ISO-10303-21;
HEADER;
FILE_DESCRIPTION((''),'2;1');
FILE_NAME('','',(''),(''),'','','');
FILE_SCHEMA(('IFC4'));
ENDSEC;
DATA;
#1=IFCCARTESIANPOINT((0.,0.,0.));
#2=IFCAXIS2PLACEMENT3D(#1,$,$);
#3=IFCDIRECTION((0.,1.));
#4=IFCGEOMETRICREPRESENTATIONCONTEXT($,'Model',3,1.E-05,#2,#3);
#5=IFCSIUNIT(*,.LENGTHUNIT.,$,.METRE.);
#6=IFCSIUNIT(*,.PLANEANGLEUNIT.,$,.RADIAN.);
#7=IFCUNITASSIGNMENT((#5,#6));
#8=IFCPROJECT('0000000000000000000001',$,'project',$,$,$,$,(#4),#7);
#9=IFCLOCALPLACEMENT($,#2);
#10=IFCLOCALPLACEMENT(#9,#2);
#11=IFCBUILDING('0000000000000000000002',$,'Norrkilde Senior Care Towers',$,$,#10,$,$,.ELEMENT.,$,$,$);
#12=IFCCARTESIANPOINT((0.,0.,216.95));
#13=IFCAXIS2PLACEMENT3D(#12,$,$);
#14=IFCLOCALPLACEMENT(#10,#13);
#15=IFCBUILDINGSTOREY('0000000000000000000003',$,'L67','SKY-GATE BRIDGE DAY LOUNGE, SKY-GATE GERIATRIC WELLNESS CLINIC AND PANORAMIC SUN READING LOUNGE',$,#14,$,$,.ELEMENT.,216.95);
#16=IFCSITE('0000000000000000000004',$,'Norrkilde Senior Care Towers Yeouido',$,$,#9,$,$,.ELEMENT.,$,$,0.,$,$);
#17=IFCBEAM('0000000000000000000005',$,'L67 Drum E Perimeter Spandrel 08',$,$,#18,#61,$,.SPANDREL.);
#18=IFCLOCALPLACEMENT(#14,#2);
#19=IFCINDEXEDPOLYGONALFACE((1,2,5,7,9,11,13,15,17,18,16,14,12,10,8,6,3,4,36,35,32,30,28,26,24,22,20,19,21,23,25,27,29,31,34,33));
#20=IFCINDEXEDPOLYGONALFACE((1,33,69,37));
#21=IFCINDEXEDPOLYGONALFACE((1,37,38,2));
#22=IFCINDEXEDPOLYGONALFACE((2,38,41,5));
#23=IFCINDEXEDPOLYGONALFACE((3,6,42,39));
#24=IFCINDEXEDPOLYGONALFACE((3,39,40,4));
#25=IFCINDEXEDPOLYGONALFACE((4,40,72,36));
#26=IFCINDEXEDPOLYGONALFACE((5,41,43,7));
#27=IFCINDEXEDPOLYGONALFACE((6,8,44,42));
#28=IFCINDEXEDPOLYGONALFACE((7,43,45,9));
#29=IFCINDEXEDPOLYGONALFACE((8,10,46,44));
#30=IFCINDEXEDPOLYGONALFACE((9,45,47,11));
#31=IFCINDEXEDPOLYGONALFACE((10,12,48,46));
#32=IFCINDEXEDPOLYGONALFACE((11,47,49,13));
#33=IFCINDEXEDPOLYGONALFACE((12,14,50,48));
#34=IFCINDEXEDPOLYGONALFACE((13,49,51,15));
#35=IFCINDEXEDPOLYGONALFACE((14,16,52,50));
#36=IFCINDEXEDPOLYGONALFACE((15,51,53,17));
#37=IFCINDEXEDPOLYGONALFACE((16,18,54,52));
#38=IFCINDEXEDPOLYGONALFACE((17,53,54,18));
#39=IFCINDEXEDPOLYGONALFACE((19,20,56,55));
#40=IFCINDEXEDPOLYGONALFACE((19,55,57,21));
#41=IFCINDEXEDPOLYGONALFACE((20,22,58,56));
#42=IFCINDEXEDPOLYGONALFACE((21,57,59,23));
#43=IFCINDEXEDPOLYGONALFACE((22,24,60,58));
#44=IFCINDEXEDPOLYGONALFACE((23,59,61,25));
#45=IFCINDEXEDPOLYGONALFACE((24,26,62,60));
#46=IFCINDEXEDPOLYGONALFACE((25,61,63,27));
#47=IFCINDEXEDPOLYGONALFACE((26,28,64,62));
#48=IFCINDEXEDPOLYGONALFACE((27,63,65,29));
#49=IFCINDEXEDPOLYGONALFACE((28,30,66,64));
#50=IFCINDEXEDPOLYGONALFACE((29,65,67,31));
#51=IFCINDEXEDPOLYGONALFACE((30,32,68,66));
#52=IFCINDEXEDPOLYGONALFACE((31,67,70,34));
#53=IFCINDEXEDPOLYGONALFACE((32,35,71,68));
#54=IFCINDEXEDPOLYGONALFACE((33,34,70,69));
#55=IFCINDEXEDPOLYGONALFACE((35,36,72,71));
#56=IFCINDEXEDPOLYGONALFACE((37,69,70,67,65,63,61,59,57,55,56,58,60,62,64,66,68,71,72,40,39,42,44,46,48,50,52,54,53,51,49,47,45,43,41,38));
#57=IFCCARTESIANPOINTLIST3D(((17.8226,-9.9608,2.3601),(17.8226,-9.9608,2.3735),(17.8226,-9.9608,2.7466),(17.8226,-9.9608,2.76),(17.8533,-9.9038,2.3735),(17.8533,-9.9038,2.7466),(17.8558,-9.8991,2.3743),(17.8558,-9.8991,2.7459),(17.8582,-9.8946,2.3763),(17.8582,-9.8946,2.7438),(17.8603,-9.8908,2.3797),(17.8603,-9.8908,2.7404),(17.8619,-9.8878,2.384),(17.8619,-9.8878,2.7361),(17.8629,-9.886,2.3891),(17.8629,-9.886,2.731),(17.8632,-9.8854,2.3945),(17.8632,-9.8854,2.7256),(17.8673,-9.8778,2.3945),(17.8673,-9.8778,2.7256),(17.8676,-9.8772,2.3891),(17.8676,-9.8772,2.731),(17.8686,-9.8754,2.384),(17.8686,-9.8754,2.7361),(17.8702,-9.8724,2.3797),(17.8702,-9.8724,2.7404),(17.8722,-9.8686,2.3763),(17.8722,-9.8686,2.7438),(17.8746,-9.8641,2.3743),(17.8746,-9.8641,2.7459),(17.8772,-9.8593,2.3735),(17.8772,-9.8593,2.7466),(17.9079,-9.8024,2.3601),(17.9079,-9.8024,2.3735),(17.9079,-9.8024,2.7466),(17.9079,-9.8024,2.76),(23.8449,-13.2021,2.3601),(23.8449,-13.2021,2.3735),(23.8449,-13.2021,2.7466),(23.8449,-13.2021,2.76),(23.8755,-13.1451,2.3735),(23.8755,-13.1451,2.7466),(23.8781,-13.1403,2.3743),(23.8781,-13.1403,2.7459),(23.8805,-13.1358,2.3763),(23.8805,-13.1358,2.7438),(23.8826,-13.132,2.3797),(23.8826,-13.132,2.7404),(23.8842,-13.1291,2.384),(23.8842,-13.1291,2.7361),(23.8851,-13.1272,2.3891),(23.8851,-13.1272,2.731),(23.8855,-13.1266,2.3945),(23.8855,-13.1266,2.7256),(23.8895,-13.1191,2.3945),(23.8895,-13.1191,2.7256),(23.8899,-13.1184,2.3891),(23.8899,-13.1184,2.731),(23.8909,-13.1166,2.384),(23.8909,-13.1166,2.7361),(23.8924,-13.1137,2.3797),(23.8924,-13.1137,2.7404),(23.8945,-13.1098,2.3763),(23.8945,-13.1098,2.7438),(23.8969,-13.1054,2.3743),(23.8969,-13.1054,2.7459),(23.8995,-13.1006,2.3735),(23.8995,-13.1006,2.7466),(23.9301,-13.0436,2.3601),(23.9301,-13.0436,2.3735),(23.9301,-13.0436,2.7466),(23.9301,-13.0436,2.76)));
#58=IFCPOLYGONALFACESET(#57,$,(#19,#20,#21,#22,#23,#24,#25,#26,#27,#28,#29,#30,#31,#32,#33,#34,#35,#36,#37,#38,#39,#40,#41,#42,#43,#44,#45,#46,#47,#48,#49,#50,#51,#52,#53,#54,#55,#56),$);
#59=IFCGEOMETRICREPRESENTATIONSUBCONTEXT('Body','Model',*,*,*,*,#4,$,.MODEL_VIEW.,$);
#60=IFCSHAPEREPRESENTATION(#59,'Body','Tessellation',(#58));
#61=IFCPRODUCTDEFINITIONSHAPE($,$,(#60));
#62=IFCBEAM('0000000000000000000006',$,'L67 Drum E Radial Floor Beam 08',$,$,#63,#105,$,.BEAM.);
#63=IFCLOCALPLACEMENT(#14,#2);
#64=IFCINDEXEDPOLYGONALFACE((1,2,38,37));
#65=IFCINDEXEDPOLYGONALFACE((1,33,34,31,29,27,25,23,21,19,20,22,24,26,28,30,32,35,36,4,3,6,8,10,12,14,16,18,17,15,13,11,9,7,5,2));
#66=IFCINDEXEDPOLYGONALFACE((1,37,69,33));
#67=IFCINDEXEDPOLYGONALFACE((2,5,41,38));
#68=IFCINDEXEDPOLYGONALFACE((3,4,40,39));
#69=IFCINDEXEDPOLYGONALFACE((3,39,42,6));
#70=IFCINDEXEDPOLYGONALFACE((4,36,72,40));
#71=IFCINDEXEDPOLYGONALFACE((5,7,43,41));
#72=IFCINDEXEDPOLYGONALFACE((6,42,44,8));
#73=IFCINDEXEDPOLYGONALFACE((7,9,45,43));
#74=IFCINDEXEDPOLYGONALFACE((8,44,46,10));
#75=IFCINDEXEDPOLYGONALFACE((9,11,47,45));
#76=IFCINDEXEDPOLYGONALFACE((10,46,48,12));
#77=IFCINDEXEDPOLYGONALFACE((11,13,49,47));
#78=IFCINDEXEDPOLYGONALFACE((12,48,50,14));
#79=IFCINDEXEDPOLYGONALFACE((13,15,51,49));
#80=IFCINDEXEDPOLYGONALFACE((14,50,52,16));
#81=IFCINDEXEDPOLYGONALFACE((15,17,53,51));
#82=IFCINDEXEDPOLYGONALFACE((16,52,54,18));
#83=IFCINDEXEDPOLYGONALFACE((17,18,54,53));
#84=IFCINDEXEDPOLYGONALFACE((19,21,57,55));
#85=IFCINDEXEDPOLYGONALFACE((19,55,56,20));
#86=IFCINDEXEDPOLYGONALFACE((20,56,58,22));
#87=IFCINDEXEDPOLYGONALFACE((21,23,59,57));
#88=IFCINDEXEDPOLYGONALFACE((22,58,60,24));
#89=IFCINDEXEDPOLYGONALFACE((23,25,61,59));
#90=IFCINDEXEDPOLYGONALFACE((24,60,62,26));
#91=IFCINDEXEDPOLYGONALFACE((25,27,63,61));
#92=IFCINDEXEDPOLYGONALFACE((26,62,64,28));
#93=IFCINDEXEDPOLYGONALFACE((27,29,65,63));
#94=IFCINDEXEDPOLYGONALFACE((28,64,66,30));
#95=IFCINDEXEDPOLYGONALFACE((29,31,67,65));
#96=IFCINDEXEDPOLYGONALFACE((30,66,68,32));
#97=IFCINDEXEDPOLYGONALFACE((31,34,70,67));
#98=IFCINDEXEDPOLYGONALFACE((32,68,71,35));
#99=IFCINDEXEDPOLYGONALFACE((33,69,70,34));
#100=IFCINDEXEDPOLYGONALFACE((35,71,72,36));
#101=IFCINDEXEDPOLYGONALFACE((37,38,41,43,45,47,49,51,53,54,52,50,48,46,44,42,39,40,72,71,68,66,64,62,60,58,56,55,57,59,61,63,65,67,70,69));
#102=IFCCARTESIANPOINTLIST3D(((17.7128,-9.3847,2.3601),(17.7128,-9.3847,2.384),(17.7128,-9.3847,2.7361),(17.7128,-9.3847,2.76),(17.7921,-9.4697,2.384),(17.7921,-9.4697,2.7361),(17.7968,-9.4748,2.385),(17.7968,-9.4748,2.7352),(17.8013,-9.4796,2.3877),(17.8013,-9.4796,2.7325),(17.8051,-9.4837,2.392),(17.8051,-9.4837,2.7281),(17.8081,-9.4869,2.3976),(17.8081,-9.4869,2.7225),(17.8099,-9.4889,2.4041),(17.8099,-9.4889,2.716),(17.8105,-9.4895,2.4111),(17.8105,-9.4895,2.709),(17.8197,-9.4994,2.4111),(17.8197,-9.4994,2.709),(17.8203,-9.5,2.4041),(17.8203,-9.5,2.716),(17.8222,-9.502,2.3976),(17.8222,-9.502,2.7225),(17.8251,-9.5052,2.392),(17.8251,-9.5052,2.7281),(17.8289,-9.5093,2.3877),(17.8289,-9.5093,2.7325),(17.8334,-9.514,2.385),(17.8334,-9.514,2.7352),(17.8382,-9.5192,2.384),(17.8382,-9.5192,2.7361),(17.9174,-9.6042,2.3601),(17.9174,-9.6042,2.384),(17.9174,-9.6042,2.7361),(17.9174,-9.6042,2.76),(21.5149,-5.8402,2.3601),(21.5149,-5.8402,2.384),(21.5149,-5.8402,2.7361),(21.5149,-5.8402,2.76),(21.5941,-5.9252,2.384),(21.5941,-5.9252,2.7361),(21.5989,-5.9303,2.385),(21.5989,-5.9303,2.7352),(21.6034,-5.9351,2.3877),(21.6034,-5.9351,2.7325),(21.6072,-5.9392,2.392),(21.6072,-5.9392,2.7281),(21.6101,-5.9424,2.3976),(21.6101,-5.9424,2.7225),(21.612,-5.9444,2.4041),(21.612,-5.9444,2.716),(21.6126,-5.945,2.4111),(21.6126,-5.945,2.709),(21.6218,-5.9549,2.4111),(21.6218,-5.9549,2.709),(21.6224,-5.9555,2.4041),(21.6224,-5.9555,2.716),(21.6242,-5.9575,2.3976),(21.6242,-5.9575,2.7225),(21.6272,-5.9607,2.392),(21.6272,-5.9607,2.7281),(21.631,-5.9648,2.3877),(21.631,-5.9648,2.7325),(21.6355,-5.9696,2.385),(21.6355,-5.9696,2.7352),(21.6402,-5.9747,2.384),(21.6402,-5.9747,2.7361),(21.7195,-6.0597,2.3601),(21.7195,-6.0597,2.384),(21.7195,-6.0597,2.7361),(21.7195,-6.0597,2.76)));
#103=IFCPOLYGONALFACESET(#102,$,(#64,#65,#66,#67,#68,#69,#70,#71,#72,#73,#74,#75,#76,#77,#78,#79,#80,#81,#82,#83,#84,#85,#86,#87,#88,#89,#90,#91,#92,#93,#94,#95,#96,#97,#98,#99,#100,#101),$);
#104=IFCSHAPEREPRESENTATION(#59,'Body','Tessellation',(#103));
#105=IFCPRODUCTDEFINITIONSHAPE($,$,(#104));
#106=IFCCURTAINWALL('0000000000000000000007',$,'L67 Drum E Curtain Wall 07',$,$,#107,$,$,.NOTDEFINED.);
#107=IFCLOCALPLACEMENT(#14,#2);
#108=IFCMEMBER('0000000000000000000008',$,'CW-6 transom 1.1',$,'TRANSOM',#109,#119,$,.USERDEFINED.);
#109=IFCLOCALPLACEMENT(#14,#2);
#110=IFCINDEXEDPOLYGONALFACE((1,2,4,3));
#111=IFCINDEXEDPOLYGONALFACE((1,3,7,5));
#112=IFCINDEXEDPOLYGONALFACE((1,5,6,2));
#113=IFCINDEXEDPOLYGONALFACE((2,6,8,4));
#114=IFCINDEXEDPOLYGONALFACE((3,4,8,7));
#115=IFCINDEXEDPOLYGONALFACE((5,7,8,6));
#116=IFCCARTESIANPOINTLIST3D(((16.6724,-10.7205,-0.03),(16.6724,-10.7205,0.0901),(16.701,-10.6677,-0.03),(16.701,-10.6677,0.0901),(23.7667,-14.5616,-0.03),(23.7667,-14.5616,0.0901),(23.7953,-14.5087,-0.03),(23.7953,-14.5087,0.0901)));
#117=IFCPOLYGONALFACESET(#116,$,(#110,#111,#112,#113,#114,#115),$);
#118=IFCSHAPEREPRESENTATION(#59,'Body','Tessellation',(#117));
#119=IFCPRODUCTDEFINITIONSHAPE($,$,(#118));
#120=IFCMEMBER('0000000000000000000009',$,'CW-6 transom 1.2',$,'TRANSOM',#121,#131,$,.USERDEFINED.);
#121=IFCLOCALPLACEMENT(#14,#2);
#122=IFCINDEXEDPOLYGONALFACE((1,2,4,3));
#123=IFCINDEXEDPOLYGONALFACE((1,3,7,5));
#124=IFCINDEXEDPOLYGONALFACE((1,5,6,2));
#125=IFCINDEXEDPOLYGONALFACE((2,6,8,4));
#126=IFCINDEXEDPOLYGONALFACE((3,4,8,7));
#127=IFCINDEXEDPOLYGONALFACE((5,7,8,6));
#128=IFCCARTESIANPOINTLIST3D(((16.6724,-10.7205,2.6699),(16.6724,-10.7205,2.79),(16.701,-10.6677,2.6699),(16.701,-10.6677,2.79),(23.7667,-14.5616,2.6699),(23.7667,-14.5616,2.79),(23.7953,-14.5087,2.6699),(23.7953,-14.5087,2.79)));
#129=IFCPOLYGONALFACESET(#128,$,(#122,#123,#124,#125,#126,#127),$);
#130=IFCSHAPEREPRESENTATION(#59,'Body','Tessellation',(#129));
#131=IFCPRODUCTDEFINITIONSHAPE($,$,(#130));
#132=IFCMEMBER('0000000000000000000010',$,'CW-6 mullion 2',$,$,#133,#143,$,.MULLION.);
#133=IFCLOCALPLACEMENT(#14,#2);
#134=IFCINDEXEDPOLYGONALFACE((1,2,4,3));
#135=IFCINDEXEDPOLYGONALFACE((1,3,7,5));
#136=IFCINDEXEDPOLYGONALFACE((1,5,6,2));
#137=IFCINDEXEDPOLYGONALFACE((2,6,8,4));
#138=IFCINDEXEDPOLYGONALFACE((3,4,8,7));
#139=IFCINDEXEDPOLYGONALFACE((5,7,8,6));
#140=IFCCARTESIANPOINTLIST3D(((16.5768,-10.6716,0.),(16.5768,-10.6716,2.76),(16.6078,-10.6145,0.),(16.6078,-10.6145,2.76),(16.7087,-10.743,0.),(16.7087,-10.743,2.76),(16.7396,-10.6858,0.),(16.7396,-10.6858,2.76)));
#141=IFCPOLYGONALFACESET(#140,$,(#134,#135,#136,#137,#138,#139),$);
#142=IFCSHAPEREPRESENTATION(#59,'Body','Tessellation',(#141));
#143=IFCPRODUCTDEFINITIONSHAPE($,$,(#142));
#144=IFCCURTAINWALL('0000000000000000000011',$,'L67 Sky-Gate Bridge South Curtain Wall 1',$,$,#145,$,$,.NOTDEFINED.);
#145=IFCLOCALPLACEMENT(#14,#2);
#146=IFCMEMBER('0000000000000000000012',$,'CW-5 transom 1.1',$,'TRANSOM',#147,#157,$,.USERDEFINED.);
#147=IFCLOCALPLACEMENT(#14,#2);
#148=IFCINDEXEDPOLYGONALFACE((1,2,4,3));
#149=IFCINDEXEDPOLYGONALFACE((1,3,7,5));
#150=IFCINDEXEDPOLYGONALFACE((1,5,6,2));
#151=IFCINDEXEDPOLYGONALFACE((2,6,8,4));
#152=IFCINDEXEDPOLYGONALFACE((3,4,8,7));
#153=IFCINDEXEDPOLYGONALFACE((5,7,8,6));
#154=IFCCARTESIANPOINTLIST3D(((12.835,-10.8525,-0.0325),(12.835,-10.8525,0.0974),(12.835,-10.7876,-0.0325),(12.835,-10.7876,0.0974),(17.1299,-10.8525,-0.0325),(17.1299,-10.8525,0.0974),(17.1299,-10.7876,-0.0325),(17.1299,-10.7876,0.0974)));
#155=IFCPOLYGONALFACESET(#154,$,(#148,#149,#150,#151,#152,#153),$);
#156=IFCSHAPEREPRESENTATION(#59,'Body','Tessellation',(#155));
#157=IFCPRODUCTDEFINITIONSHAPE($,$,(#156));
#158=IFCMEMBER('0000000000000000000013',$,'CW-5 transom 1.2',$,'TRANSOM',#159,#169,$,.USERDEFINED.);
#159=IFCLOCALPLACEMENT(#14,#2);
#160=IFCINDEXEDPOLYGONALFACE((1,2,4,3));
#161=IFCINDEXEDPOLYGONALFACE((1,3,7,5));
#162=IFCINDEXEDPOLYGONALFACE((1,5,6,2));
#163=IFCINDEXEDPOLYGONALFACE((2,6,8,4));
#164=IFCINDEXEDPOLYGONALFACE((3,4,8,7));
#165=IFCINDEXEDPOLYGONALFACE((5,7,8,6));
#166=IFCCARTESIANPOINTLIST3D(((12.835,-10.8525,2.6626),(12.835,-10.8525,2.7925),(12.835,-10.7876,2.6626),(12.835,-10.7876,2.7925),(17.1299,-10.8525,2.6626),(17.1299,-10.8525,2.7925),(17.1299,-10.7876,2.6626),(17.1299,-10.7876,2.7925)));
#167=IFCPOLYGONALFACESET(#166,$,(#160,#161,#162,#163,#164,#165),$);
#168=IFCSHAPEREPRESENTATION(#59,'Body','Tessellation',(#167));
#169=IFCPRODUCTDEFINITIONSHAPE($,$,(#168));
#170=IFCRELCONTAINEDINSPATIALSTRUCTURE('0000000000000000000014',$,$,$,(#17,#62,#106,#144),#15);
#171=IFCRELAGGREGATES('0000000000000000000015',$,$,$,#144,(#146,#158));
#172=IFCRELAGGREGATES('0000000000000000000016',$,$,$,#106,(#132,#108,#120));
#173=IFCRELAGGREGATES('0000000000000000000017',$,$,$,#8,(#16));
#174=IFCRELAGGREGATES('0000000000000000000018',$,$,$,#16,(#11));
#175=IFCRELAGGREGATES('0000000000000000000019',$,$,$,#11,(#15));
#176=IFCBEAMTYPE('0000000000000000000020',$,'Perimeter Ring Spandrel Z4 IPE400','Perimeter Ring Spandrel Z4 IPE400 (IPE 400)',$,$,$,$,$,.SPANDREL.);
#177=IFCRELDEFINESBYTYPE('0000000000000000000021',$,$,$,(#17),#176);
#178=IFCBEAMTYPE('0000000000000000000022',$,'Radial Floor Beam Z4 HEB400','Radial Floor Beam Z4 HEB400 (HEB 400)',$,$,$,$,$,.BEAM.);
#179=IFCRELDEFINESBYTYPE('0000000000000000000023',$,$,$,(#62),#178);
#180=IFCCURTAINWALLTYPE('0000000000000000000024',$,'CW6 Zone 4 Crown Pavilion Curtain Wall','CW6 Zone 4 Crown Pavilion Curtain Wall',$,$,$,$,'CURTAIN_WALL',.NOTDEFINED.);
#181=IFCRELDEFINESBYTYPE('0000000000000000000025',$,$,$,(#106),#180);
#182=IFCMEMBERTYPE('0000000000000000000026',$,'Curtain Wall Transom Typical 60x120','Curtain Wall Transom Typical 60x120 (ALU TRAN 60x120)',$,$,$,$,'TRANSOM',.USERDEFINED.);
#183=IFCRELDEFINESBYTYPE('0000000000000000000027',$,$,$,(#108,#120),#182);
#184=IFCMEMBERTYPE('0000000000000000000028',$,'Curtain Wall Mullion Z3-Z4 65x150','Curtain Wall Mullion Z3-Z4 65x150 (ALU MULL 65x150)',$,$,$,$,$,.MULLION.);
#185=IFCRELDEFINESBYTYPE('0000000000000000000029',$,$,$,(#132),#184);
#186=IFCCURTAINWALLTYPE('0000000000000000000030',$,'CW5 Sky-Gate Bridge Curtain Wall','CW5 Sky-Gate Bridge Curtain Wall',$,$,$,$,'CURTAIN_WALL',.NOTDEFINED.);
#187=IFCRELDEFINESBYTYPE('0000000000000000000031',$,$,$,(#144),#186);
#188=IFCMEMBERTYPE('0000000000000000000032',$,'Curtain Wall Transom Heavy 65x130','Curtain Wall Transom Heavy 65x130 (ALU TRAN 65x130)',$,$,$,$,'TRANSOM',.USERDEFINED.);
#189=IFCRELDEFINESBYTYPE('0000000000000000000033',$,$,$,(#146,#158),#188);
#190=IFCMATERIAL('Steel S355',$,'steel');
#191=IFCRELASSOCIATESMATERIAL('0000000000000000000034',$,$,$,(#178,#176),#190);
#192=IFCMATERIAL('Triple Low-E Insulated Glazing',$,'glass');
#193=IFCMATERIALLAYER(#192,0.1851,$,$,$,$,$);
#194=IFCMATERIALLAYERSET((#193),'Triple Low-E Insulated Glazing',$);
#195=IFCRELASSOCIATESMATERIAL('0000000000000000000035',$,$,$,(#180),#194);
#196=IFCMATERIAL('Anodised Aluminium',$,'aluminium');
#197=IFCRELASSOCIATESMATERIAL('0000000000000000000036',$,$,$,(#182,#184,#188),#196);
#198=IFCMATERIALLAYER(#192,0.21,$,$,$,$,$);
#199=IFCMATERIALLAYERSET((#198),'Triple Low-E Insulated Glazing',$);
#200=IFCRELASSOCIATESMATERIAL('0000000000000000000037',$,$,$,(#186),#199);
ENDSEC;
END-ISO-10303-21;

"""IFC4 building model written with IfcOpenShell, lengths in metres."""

from ifc_helpers import new_model, si_unit, direction, frame, origin, origin_2d, place, context, subcontext, project, spatial, rectangle, i_section, extrude, source, transform, mapped, material, layer, layer_set, material_profile, profile_set, type_object, type_shapes, element, aggregate, save


model = new_model("IFC4")

# Units and contexts
model_context = context("Model", 3, precision=1e-05, world=origin(), true_north=direction((0.0, 1.0)))
body_context = subcontext(model_context, "Body", "Model", "MODEL_VIEW")
ifc_project = project(units=[si_unit("LENGTHUNIT", "METRE"), si_unit("PLANEANGLEUNIT", "RADIAN")], contexts=[model_context])

# Site, building, storey
site_placement = place(None, origin())
site = spatial("IfcSite", under=ifc_project, at=site_placement, Name="Norrkilde Senior Care Towers Yeouido", CompositionType="ELEMENT", RefElevation=0.0)
building_placement = place(site_placement, origin())
building = spatial("IfcBuilding", under=site, at=building_placement, Name="Norrkilde Senior Care Towers", CompositionType="ELEMENT")
storey_placement = place(building_placement, frame((0.0, 0.0, 216.95)))
storey = spatial("IfcBuildingStorey", under=building, at=storey_placement, Name="L67", Description="SKY-GATE BRIDGE DAY LOUNGE, SKY-GATE GERIATRIC WELLNESS CLINIC AND PANORAMIC SUN READING LOUNGE", CompositionType="ELEMENT", Elevation=216.95)

# Beams
ifc_material_1 = material(Name="Steel S355", Category="steel")
ifc_material_profile_1 = material_profile(ifc_material_1, i_section(OverallWidth=0.3, OverallDepth=0.3999, WebThickness=0.0134, FlangeThickness=0.0239, FilletRadius=0.0271, at=origin_2d()), Name="HEB 400")
ifc_profile_set_1 = profile_set([ifc_material_profile_1], Name="Steel S355")
beam_type_1 = type_object("IfcBeamType", Name="Radial Floor Beam Z4 HEB400", Description="Radial Floor Beam Z4 HEB400 (HEB 400)", PredefinedType="BEAM", material=ifc_profile_set_1)
ifc_material_profile_2 = material_profile(ifc_material_1, i_section(OverallWidth=0.1799, OverallDepth=0.3999, WebThickness=0.0085, FlangeThickness=0.0134, FilletRadius=0.021, at=origin_2d()), Name="IPE 400")
ifc_profile_set_2 = profile_set([ifc_material_profile_2], Name="Steel S355")
beam_type_2 = type_object("IfcBeamType", Name="Perimeter Ring Spandrel Z4 IPE400", Description="Perimeter Ring Spandrel Z4 IPE400 (IPE 400)", PredefinedType="SPANDREL", material=ifc_profile_set_2)
shared_shape_1 = source(origin(), body_context, "Body", "SweptSolid", [
    extrude(i_section(OverallWidth=0.1799, OverallDepth=0.3999, WebThickness=0.0085, FlangeThickness=0.0134, FilletRadius=0.021, at=origin_2d()), origin(), (0.0, 0.0, 1.0), 6.8391),
])
type_shapes(beam_type_2, [shared_shape_1])
beam_1_placement = place(storey_placement, frame((17.8652, -9.8816, 2.5601), z_axis=(0.880564, -0.473927, 0.0), x_axis=(0.473927, 0.880564, 0.0)))
element("IfcBeam", 1, at=beam_1_placement, inside=storey, type_object=beam_type_2, Name="L67 Drum E Perimeter Spandrel 08", PredefinedType="SPANDREL", context=body_context, shape_type="MappedRepresentation", body=[
    mapped(shared_shape_1, transform((0.0, 0.0, 0.0), x_axis=(1.0, 0.0, 0.0), y_axis=(0.0, 1.0, 0.0), z_axis=(0.0, 0.0, 1.0), scale=1.0)),
])
shared_shape_2 = source(origin(), body_context, "Body", "SweptSolid", [
    extrude(i_section(OverallWidth=0.3, OverallDepth=0.3999, WebThickness=0.0134, FlangeThickness=0.0239, FilletRadius=0.0271, at=origin_2d()), origin(), (0.0, 0.0, 1.0), 5.198),
])
beam_2_placement = place(storey_placement, frame((21.6172, -5.95, 2.5601), z_axis=(-0.731449, -0.681896, 0.0), x_axis=(0.681896, -0.731449, 0.0)))
element("IfcBeam", 2, at=beam_2_placement, inside=storey, type_object=beam_type_1, Name="L67 Drum E Radial Floor Beam 08", PredefinedType="BEAM", context=body_context, shape_type="MappedRepresentation", body=[
    mapped(shared_shape_2, transform((0.0, 0.0, 0.0), x_axis=(1.0, 0.0, 0.0), y_axis=(0.0, 1.0, 0.0), z_axis=(0.0, 0.0, 1.0), scale=1.0)),
])

# Curtain walls, members
ifc_material_2 = material(Name="Triple Low-E Insulated Glazing", Category="glass")
ifc_layer_1 = layer(ifc_material_2, 0.1851)
ifc_layer_set_1 = layer_set([ifc_layer_1], Name="Triple Low-E Insulated Glazing")
curtain_wall_type_1 = type_object("IfcCurtainWallType", Name="CW6 Zone 4 Crown Pavilion Curtain Wall", Description="CW6 Zone 4 Crown Pavilion Curtain Wall", ElementType="CURTAIN_WALL", PredefinedType="NOTDEFINED", material=ifc_layer_set_1)
curtain_wall_1_placement = place(storey_placement, origin())
curtain_wall_1 = element("IfcCurtainWall", 3, at=curtain_wall_1_placement, inside=storey, type_object=curtain_wall_type_1, Name="L67 Drum E Curtain Wall 07", PredefinedType="NOTDEFINED")
ifc_material_3 = material(Name="Anodised Aluminium", Category="aluminium")
ifc_material_profile_3 = material_profile(ifc_material_3, rectangle(XDim=0.0601, YDim=0.1201, at=origin_2d()), Name="ALU TRAN 60x120")
ifc_profile_set_3 = profile_set([ifc_material_profile_3], Name="Anodised Aluminium")
member_type_1 = type_object("IfcMemberType", Name="Curtain Wall Transom Typical 60x120", Description="Curtain Wall Transom Typical 60x120 (ALU TRAN 60x120)", ElementType="TRANSOM", PredefinedType="USERDEFINED", material=ifc_profile_set_3)
shared_shape_3 = source(origin(), body_context, "Body", "SweptSolid", [
    extrude(rectangle(XDim=0.0601, YDim=0.1201, at=origin_2d()), origin(), (0.0, 0.0, 1.0), 8.0674),
])
type_shapes(member_type_1, [shared_shape_3])
member_1_placement = place(storey_placement, frame((23.781, -14.5352, 0.03), z_axis=(-0.879378, 0.476125, 0.0), x_axis=(-0.476125, -0.879378, 0.0)))
member_1 = element("IfcMember", 4, at=member_1_placement, type_object=member_type_1, Name="CW-6 transom 1.1", ObjectType="TRANSOM", PredefinedType="USERDEFINED", context=body_context, shape_type="MappedRepresentation", body=[
    mapped(shared_shape_3, transform((0.0, 0.0, 0.0), x_axis=(1.0, 0.0, 0.0), y_axis=(0.0, 1.0, 0.0), z_axis=(0.0, 0.0, 1.0), scale=1.0)),
])
member_2_placement = place(storey_placement, frame((23.781, -14.5352, 2.73), z_axis=(-0.879378, 0.476125, 0.0), x_axis=(-0.476125, -0.879378, 0.0)))
member_2 = element("IfcMember", 5, at=member_2_placement, type_object=member_type_1, Name="CW-6 transom 1.2", ObjectType="TRANSOM", PredefinedType="USERDEFINED", context=body_context, shape_type="MappedRepresentation", body=[
    mapped(shared_shape_3, transform((0.0, 0.0, 0.0), x_axis=(1.0, 0.0, 0.0), y_axis=(0.0, 1.0, 0.0), z_axis=(0.0, 0.0, 1.0), scale=1.0)),
])
ifc_material_profile_4 = material_profile(ifc_material_3, rectangle(XDim=0.0649, YDim=0.1499, at=origin_2d()), Name="ALU MULL 65x150")
ifc_profile_set_4 = profile_set([ifc_material_profile_4], Name="Anodised Aluminium")
member_type_2 = type_object("IfcMemberType", Name="Curtain Wall Mullion Z3-Z4 65x150", Description="Curtain Wall Mullion Z3-Z4 65x150 (ALU MULL 65x150)", PredefinedType="MULLION", material=ifc_profile_set_4)
shared_shape_4 = source(origin(), body_context, "Body", "SweptSolid", [
    extrude(rectangle(XDim=0.0649, YDim=0.1499, at=origin_2d()), origin(), (0.0, 0.0, 1.0), 2.76),
])
type_shapes(member_type_2, [shared_shape_4])
member_3_placement = place(storey_placement, frame((16.6582, -10.6787, 0.0), z_axis=(0.0, 0.0, 1.0), x_axis=(-0.476133, -0.879373, 0.0)))
member_3 = element("IfcMember", 6, at=member_3_placement, type_object=member_type_2, Name="CW-6 mullion 2", PredefinedType="MULLION", context=body_context, shape_type="MappedRepresentation", body=[
    mapped(shared_shape_4, transform((0.0, 0.0, 0.0), x_axis=(1.0, 0.0, 0.0), y_axis=(0.0, 1.0, 0.0), z_axis=(0.0, 0.0, 1.0), scale=1.0)),
])
ifc_layer_2 = layer(ifc_material_2, 0.21)
ifc_layer_set_2 = layer_set([ifc_layer_2], Name="Triple Low-E Insulated Glazing")
curtain_wall_type_2 = type_object("IfcCurtainWallType", Name="CW5 Sky-Gate Bridge Curtain Wall", Description="CW5 Sky-Gate Bridge Curtain Wall", ElementType="CURTAIN_WALL", PredefinedType="NOTDEFINED", material=ifc_layer_set_2)
curtain_wall_2_placement = place(storey_placement, origin())
curtain_wall_2 = element("IfcCurtainWall", 7, at=curtain_wall_2_placement, inside=storey, type_object=curtain_wall_type_2, Name="L67 Sky-Gate Bridge South Curtain Wall 1", PredefinedType="NOTDEFINED")
ifc_material_profile_5 = material_profile(ifc_material_3, rectangle(XDim=0.0649, YDim=0.1299, at=origin_2d()), Name="ALU TRAN 65x130")
ifc_profile_set_5 = profile_set([ifc_material_profile_5], Name="Anodised Aluminium")
member_type_3 = type_object("IfcMemberType", Name="Curtain Wall Transom Heavy 65x130", Description="Curtain Wall Transom Heavy 65x130 (ALU TRAN 65x130)", ElementType="TRANSOM", PredefinedType="USERDEFINED", material=ifc_profile_set_5)
shared_shape_5 = source(origin(), body_context, "Body", "SweptSolid", [
    extrude(rectangle(XDim=0.0649, YDim=0.1299, at=origin_2d()), origin(), (0.0, 0.0, 1.0), 4.2949),
])
type_shapes(member_type_3, [shared_shape_5])
member_4_placement = place(storey_placement, frame((17.1299, -10.8201, 0.0325), z_axis=(-1.0, 0.0, 0.0), x_axis=(0.0, -1.0, 0.0)))
member_4 = element("IfcMember", 8, at=member_4_placement, type_object=member_type_3, Name="CW-5 transom 1.1", ObjectType="TRANSOM", PredefinedType="USERDEFINED", context=body_context, shape_type="MappedRepresentation", body=[
    mapped(shared_shape_5, transform((0.0, 0.0, 0.0), x_axis=(1.0, 0.0, 0.0), y_axis=(0.0, 1.0, 0.0), z_axis=(0.0, 0.0, 1.0), scale=1.0)),
])
member_5_placement = place(storey_placement, frame((17.1299, -10.8201, 2.7275), z_axis=(-1.0, 0.0, 0.0), x_axis=(0.0, -1.0, 0.0)))
member_5 = element("IfcMember", 9, at=member_5_placement, type_object=member_type_3, Name="CW-5 transom 1.2", ObjectType="TRANSOM", PredefinedType="USERDEFINED", context=body_context, shape_type="MappedRepresentation", body=[
    mapped(shared_shape_5, transform((0.0, 0.0, 0.0), x_axis=(1.0, 0.0, 0.0), y_axis=(0.0, 1.0, 0.0), z_axis=(0.0, 0.0, 1.0), scale=1.0)),
])
aggregate(curtain_wall_2, [member_4, member_5])

aggregate(curtain_wall_1, [member_3, member_1, member_2])

save(model, "model.ifc")
